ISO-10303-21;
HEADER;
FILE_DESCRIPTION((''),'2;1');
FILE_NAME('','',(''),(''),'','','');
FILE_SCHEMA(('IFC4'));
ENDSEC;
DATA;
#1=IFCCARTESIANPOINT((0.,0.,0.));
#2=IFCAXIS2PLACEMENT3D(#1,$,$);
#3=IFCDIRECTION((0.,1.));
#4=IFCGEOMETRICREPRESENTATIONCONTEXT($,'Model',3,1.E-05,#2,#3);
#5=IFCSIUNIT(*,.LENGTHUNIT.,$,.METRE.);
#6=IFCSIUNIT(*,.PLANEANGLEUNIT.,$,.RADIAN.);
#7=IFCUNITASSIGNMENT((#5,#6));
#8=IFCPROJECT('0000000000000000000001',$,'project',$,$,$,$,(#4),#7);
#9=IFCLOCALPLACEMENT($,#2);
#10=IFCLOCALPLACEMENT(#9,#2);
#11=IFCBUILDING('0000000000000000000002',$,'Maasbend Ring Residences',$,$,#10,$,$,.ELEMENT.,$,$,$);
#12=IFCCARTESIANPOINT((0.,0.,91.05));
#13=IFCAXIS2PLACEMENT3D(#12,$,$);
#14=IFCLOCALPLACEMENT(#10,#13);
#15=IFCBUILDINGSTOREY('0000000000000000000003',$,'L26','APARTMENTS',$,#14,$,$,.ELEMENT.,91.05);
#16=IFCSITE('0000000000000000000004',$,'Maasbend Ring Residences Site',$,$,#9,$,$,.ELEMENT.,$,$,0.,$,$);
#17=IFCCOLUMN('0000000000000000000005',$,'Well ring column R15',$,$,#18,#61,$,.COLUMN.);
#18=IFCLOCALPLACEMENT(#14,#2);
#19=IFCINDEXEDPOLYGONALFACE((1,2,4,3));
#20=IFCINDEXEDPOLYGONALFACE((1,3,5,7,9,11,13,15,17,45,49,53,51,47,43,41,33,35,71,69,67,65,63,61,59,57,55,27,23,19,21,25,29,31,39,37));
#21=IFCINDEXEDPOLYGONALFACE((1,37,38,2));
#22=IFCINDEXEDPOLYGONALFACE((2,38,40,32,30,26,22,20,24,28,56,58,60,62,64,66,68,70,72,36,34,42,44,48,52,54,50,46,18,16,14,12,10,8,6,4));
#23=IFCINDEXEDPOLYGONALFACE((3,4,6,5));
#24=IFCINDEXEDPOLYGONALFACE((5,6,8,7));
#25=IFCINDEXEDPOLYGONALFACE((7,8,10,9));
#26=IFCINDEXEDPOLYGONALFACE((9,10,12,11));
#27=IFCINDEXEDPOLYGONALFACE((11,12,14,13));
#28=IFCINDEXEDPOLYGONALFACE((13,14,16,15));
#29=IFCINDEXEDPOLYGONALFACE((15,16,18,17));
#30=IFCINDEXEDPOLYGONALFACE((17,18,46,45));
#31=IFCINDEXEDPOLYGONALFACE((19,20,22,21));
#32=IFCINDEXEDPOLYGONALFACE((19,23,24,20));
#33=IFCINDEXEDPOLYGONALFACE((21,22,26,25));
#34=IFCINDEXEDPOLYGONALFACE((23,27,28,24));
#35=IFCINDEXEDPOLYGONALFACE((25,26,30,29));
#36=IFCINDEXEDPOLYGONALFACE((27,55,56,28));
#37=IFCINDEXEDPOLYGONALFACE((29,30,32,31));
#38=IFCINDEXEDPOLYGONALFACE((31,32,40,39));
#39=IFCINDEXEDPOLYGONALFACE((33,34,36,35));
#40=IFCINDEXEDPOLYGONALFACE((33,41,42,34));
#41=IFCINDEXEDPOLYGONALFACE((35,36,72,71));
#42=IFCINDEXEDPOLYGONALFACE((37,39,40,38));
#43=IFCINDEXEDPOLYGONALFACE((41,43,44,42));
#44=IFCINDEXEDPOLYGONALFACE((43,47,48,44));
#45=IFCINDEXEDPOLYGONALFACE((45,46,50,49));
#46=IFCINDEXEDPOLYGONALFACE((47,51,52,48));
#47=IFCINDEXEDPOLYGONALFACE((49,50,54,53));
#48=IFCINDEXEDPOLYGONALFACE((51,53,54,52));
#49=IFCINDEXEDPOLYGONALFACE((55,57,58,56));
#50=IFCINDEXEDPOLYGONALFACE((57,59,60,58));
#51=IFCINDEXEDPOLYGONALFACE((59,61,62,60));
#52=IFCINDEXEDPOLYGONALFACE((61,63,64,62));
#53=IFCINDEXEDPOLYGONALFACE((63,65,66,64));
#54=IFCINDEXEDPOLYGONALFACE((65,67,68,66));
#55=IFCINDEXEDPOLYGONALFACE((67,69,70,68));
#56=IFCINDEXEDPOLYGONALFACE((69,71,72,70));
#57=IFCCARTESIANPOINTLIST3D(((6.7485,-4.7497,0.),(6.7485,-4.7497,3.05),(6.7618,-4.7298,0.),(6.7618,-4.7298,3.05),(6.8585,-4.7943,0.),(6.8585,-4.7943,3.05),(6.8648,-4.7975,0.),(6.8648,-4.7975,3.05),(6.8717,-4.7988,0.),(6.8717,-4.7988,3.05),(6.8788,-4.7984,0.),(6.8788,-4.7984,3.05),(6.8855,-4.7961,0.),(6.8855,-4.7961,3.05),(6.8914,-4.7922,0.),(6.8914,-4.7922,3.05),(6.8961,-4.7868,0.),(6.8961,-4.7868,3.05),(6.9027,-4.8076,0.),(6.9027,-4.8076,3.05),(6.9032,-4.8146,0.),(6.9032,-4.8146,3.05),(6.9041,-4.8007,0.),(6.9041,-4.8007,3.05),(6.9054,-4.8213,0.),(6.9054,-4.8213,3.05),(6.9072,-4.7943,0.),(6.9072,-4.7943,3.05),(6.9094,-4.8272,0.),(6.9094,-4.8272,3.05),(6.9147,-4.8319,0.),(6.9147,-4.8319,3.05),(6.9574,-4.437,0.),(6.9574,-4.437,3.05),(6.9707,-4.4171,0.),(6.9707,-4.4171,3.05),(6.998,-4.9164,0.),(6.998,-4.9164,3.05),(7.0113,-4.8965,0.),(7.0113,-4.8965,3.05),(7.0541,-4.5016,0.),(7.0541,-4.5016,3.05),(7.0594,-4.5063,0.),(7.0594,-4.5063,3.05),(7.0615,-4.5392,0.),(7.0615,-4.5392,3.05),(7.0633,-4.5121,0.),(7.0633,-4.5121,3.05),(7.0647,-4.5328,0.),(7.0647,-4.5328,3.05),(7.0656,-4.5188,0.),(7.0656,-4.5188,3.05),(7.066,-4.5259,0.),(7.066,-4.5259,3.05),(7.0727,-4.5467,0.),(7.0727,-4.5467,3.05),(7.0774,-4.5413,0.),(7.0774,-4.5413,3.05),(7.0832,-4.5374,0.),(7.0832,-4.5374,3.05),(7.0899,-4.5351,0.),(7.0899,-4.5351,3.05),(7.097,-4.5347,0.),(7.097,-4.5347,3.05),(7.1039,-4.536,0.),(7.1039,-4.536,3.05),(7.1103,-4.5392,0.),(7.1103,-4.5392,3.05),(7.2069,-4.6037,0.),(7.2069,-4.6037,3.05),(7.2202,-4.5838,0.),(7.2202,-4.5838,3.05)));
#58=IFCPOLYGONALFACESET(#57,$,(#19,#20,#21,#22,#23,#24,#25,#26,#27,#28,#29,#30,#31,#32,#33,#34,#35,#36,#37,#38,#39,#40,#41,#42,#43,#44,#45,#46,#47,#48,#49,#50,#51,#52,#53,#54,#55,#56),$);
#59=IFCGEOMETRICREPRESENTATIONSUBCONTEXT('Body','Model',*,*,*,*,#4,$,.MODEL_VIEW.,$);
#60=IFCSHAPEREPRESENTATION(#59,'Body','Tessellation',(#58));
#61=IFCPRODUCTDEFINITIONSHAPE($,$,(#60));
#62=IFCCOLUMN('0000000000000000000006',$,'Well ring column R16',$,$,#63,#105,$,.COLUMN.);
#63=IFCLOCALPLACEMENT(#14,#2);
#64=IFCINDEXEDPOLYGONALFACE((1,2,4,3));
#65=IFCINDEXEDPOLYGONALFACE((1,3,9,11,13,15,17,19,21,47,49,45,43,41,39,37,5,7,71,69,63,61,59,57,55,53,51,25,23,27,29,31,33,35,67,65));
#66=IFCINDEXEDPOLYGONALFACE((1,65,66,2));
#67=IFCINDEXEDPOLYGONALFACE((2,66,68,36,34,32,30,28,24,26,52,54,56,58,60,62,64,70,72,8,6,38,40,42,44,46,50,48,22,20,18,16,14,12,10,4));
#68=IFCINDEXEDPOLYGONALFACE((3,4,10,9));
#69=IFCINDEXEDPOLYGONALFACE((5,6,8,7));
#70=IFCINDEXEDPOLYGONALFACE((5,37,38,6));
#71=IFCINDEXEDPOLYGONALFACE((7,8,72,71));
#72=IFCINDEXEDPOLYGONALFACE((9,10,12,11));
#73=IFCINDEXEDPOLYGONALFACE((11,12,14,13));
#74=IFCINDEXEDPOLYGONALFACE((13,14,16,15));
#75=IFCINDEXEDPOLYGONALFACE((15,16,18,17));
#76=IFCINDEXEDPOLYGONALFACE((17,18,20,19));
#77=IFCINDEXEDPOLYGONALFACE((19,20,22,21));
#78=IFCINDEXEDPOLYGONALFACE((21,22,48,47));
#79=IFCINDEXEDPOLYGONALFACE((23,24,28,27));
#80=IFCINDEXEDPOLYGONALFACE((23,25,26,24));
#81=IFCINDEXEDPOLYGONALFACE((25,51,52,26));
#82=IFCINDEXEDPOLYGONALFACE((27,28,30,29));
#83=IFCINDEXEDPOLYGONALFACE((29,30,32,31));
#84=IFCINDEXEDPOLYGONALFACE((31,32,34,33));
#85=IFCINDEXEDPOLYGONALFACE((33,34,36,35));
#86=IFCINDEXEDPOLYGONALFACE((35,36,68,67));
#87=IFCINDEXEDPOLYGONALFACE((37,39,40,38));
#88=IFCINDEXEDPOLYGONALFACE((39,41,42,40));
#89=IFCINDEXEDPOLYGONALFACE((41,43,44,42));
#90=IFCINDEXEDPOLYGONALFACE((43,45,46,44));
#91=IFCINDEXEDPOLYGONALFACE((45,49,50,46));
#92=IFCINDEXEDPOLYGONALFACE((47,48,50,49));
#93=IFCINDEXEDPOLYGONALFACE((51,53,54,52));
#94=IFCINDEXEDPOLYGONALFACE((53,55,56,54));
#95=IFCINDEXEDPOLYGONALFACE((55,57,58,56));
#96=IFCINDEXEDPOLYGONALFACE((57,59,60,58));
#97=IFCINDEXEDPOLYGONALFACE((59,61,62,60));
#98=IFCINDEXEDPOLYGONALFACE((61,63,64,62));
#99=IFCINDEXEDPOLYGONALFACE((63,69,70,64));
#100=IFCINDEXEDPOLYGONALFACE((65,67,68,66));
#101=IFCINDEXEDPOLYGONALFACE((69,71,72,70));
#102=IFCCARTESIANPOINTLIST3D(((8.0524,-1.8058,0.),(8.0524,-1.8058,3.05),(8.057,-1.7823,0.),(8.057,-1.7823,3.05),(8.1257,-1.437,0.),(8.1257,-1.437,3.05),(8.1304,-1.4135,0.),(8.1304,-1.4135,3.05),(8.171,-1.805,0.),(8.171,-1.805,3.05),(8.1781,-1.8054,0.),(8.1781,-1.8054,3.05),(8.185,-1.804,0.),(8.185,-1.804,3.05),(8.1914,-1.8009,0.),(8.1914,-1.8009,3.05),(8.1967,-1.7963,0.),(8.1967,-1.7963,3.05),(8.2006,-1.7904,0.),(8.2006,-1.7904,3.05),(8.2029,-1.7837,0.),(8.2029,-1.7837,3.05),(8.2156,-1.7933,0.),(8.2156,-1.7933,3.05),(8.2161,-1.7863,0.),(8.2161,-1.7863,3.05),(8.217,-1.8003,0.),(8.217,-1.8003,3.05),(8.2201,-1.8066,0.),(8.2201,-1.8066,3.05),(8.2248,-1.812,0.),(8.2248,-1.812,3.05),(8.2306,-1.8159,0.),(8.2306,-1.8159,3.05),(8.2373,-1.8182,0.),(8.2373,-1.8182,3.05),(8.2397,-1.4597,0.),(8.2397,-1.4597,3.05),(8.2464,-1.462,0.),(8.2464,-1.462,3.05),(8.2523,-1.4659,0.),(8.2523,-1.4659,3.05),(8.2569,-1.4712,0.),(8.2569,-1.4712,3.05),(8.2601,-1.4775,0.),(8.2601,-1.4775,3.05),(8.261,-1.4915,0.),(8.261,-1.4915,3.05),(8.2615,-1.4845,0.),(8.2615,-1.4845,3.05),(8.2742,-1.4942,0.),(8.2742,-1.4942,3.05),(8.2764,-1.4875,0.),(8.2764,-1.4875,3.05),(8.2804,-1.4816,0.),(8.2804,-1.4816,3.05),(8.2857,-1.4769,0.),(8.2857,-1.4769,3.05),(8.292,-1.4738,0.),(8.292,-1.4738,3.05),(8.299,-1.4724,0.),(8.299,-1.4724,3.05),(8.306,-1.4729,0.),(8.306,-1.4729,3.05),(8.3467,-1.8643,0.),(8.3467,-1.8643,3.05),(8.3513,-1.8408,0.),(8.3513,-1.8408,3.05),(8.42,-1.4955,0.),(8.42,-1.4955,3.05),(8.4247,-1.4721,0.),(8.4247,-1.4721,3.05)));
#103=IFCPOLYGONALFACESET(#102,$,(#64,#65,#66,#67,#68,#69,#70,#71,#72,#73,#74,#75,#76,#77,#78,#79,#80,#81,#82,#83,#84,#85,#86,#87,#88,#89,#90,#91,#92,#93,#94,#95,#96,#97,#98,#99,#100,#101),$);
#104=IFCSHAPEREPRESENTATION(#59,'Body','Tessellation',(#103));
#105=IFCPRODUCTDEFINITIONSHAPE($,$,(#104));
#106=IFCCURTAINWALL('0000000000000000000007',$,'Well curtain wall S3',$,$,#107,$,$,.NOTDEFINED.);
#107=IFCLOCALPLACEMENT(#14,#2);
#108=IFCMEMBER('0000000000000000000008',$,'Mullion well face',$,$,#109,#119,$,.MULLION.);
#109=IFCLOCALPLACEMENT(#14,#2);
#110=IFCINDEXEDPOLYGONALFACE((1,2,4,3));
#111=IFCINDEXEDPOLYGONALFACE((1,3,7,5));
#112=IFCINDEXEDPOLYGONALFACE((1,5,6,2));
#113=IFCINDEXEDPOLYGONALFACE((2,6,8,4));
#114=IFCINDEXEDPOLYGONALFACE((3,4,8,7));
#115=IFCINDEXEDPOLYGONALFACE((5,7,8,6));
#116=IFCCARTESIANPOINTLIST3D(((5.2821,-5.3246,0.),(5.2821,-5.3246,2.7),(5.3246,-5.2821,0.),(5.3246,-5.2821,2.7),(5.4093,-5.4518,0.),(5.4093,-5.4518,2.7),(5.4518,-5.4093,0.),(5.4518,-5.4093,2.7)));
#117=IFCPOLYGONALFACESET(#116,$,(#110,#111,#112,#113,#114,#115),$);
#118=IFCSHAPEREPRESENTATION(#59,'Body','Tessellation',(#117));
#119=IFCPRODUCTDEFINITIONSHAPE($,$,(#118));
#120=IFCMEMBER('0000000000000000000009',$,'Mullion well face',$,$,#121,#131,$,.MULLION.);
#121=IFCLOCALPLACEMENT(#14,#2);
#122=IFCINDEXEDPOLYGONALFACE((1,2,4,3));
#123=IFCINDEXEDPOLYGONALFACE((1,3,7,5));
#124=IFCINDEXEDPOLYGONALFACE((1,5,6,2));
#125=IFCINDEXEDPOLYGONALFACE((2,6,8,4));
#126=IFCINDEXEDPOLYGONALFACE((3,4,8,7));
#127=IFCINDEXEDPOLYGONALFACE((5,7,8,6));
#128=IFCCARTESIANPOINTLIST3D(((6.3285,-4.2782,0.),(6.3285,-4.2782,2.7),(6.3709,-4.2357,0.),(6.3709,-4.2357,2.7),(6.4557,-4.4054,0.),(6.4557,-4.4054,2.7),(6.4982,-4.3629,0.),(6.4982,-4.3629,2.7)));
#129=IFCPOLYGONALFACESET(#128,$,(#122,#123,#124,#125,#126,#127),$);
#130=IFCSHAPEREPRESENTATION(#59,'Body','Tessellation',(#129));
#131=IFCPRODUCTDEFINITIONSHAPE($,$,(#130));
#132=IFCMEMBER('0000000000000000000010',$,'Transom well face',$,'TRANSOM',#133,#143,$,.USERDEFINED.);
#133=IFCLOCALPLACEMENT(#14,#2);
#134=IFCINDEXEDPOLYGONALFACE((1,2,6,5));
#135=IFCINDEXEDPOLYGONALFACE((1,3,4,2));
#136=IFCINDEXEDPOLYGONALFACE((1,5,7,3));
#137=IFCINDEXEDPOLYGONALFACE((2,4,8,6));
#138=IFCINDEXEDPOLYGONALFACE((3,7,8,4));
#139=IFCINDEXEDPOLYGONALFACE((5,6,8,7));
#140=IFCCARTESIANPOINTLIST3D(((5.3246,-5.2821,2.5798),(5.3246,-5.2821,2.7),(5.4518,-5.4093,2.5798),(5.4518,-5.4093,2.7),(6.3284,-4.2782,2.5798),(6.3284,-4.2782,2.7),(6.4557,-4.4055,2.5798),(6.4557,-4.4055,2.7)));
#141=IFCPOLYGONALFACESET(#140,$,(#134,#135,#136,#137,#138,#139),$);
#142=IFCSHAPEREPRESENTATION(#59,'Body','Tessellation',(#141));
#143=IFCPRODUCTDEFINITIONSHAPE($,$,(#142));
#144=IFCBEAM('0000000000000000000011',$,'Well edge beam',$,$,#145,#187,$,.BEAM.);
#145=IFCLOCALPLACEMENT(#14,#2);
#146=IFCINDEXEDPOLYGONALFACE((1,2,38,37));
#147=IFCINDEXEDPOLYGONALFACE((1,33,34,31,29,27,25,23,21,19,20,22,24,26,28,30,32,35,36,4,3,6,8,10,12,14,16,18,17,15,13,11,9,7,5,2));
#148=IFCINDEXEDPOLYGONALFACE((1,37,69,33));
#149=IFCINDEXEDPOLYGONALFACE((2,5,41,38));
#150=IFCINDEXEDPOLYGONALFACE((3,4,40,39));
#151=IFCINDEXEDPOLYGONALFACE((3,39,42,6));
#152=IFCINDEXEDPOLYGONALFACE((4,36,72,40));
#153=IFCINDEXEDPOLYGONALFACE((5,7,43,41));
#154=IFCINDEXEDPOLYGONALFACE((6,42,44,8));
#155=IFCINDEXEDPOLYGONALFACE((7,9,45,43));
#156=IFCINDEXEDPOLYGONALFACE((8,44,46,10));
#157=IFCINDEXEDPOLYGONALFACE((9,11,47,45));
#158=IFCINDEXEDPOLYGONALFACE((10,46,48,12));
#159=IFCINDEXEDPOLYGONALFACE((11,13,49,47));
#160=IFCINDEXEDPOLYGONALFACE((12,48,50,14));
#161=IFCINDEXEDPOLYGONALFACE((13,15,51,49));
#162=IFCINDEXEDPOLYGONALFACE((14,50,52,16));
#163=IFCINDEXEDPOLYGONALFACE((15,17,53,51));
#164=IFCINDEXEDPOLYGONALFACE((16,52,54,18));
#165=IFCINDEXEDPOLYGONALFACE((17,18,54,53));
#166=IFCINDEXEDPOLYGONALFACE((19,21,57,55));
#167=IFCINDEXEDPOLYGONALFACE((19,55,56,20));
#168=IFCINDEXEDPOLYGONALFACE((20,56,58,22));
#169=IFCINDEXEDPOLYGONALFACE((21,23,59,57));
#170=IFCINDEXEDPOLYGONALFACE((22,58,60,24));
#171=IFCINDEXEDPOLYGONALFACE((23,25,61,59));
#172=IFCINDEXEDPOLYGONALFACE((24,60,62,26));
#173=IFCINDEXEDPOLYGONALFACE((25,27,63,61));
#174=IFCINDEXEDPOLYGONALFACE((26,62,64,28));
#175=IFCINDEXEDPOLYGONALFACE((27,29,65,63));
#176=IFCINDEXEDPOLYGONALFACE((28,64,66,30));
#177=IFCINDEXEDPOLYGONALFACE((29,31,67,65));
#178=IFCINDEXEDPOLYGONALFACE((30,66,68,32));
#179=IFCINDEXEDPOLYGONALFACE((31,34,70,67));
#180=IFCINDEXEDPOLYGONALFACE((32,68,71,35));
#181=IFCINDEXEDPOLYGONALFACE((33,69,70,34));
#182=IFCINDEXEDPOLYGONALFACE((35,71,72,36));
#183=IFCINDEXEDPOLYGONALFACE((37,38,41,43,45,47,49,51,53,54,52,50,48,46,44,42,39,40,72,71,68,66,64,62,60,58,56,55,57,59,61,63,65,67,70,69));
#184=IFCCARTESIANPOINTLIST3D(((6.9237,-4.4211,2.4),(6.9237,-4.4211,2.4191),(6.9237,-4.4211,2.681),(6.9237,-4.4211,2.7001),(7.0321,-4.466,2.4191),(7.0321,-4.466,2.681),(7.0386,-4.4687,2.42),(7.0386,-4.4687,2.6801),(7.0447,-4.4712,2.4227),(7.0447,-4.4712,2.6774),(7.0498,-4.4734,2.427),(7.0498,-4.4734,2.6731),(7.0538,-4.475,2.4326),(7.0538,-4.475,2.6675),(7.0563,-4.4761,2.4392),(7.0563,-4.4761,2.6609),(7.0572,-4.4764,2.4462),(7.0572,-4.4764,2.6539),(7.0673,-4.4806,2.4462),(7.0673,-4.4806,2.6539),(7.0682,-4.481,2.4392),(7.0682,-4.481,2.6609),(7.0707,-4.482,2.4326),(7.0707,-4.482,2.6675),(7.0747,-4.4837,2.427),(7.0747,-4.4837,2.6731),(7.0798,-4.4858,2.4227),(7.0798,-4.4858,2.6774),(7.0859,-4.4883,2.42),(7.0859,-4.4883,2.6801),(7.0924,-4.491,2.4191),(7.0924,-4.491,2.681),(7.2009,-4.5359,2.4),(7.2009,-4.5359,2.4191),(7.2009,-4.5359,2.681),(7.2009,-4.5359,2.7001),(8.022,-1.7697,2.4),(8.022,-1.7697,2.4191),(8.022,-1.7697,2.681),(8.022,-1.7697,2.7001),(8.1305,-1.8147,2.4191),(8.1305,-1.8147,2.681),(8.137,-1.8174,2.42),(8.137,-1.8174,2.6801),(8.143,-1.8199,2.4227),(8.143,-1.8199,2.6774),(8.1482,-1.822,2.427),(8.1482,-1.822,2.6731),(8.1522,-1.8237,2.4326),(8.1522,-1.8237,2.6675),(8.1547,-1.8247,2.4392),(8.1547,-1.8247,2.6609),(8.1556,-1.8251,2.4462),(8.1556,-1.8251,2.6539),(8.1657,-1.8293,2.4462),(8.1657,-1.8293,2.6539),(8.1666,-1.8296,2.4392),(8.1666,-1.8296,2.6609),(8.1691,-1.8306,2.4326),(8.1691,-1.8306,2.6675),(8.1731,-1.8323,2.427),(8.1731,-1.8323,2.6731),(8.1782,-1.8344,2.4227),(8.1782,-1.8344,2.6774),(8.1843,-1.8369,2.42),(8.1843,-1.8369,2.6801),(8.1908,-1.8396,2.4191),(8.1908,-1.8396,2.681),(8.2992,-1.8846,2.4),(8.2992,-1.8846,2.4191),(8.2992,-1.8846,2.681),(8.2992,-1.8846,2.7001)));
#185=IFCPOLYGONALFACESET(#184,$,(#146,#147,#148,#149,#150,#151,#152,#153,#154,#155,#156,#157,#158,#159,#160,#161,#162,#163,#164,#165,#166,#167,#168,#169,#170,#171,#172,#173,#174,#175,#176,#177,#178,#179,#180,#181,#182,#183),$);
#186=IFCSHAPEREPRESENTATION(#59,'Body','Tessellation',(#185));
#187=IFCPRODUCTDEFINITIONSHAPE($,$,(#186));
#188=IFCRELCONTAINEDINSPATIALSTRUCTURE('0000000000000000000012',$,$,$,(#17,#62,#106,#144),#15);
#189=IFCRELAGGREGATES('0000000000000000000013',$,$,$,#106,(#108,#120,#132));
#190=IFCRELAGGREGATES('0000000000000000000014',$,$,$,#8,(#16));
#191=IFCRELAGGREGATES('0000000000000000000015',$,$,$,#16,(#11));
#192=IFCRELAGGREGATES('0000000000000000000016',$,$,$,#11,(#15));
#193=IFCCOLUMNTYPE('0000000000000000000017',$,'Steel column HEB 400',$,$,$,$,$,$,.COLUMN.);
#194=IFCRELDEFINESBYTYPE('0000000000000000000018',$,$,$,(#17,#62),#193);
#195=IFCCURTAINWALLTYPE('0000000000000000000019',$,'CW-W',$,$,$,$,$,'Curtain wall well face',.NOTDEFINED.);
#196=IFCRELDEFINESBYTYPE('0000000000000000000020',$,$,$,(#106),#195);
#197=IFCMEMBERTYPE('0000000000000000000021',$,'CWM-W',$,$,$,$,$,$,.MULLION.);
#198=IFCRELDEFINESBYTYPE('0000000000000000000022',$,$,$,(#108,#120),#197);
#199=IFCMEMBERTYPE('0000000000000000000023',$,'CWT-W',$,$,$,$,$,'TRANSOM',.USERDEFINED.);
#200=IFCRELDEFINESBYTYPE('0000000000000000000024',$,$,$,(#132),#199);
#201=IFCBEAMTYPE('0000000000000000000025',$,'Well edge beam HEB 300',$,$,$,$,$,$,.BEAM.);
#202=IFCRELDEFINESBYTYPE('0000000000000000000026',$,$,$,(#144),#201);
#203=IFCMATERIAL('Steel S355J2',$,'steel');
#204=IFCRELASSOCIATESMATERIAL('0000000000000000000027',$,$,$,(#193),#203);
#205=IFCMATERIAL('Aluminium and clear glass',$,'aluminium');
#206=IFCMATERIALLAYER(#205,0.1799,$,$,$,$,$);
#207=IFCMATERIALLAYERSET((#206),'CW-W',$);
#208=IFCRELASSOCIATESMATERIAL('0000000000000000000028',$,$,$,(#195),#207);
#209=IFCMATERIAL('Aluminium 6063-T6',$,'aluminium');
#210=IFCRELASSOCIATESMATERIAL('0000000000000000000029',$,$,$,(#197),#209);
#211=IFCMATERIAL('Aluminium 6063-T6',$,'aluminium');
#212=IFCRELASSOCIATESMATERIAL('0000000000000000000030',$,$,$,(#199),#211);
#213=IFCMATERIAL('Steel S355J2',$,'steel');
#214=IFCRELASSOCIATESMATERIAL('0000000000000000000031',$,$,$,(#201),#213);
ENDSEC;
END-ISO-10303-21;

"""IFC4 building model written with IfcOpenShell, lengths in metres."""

from ifc_helpers import new_model, si_unit, direction, frame, origin, origin_2d, place, context, subcontext, project, spatial, rectangle, i_section, extrude, material, layer, layer_set, material_profile, profile_set, type_object, element, aggregate, save


model = new_model("IFC4")

# Units and contexts
model_context = context("Model", 3, precision=1e-05, world=origin(), true_north=direction((0.0, 1.0)))
body_context = subcontext(model_context, "Body", "Model", "MODEL_VIEW")
ifc_project = project(units=[si_unit("LENGTHUNIT", "METRE"), si_unit("PLANEANGLEUNIT", "RADIAN")], contexts=[model_context])

# Site, building, storey
site_placement = place(None, origin())
site = spatial("IfcSite", under=ifc_project, at=site_placement, Name="Maasbend Ring Residences Site", CompositionType="ELEMENT", RefElevation=0.0)
building_placement = place(site_placement, origin())
building = spatial("IfcBuilding", under=site, at=building_placement, Name="Maasbend Ring Residences", CompositionType="ELEMENT")
storey_placement = place(building_placement, frame((0.0, 0.0, 91.05)))
storey = spatial("IfcBuildingStorey", under=building, at=storey_placement, Name="L26", Description="APARTMENTS", CompositionType="ELEMENT", Elevation=91.05)

# Columns
ifc_material_1 = material(Name="Steel S355J2", Category="steel")
ifc_material_profile_1 = material_profile(ifc_material_1, i_section(OverallWidth=0.3, OverallDepth=0.3999, WebThickness=0.0134, FlangeThickness=0.0239, FilletRadius=0.0271, at=origin_2d()), Name="HEB 400")
ifc_profile_set_1 = profile_set([ifc_material_profile_1], Name="Steel S355J2")
column_type = type_object("IfcColumnType", Name="Steel column HEB 400", PredefinedType="COLUMN", material=ifc_profile_set_1)
for number, where, z_axis, x_axis, name in (
    (1, (6.9844, -4.6667, 0.0), (0.0, 0.0, 1.0), (0.83147, -0.55557, 0.0), "Well ring column R15"),
    (2, (8.2385, -1.6389, 0.0), (0.0, 0.0, 1.0), (0.980785, -0.19509, 0.0), "Well ring column R16"),
):
    element("IfcColumn", number, at=place(storey_placement, frame(where, z_axis=z_axis, x_axis=x_axis)), inside=storey, type_object=column_type, Name=name, PredefinedType="COLUMN", context=body_context, shape_type="SweptSolid", body=[
        extrude(i_section(OverallWidth=0.3, OverallDepth=0.3999, WebThickness=0.0134, FlangeThickness=0.0239, FilletRadius=0.0271, at=origin_2d()), origin(), (0.0, 0.0, 1.0), 3.05),
    ])

# Curtain wall, members
ifc_material_2 = material(Name="Aluminium and clear glass", Category="aluminium")
ifc_layer_1 = layer(ifc_material_2, 0.1799)
ifc_layer_set_1 = layer_set([ifc_layer_1], Name="CW-W")
curtain_wall_type = type_object("IfcCurtainWallType", Name="CW-W", ElementType="Curtain wall well face", PredefinedType="NOTDEFINED", material=ifc_layer_set_1)
curtain_wall_placement = place(storey_placement, origin())
curtain_wall = element("IfcCurtainWall", 3, at=curtain_wall_placement, inside=storey, type_object=curtain_wall_type, Name="Well curtain wall S3", PredefinedType="NOTDEFINED")
ifc_material_3 = material(Name="Aluminium 6063-T6", Category="aluminium")
ifc_material_profile_2 = material_profile(ifc_material_3, rectangle(XDim=0.1799, YDim=0.0601, at=origin_2d()), Name="AL 180x60")
ifc_profile_set_2 = profile_set([ifc_material_profile_2], Name="Aluminium 6063-T6")
member_type_1 = type_object("IfcMemberType", Name="CWM-W", PredefinedType="MULLION", material=ifc_profile_set_2)
member_1_placement = place(storey_placement, frame((5.3669, -5.3669, 0.0), z_axis=(0.0, 0.0, 1.0), x_axis=(-0.707107, 0.707107, 0.0)))
member_1 = element("IfcMember", 4, at=member_1_placement, type_object=member_type_1, Name="Mullion well face", PredefinedType="MULLION", context=body_context, shape_type="SweptSolid", body=[
    extrude(rectangle(XDim=0.1799, YDim=0.0601, at=origin_2d()), origin(), (0.0, 0.0, 1.0), 2.7),
])
member_2_placement = place(storey_placement, frame((6.4133, -4.3206, 0.0), z_axis=(0.0, 0.0, 1.0), x_axis=(-0.707107, 0.707107, 0.0)))
member_2 = element("IfcMember", 5, at=member_2_placement, type_object=member_type_1, Name="Mullion well face", PredefinedType="MULLION", context=body_context, shape_type="SweptSolid", body=[
    extrude(rectangle(XDim=0.1799, YDim=0.0601, at=origin_2d()), origin(), (0.0, 0.0, 1.0), 2.7),
])
ifc_material_4 = material(Name="Aluminium 6063-T6", Category="aluminium")
ifc_material_profile_3 = material_profile(ifc_material_4, rectangle(XDim=0.1799, YDim=0.1201, at=origin_2d()), Name="AL 180x120")
ifc_profile_set_3 = profile_set([ifc_material_profile_3], Name="Aluminium 6063-T6")
member_type_2 = type_object("IfcMemberType", Name="CWT-W", ElementType="TRANSOM", PredefinedType="USERDEFINED", material=ifc_profile_set_3)
member_3_placement = place(storey_placement, frame((5.3882, -5.3457, 2.6399), z_axis=(0.707107, 0.707107, 0.0), x_axis=(-0.707107, 0.707107, 0.0)))
member_3 = element("IfcMember", 6, at=member_3_placement, type_object=member_type_2, Name="Transom well face", ObjectType="TRANSOM", PredefinedType="USERDEFINED", context=body_context, shape_type="SweptSolid", body=[
    extrude(rectangle(XDim=0.1799, YDim=0.1201, at=origin_2d()), origin(), (0.0, 0.0, 1.0), 1.4197),
])

# Beam
ifc_material_5 = material(Name="Steel S355J2", Category="steel")
ifc_material_profile_4 = material_profile(ifc_material_5, i_section(OverallWidth=0.3, OverallDepth=0.3, WebThickness=0.011, FlangeThickness=0.019, FilletRadius=0.0271, at=origin_2d()), Name="HEB 300")
ifc_profile_set_4 = profile_set([ifc_material_profile_4], Name="Steel S355J2")
beam_type = type_object("IfcBeamType", Name="Well edge beam HEB 300", PredefinedType="BEAM", material=ifc_profile_set_4)
beam_1_placement = place(storey_placement, frame((7.0623, -4.4785, 2.55), z_axis=(0.38273, 0.92386, 0.0), x_axis=(-0.92386, 0.38273, 0.0)))
element("IfcBeam", 7, at=beam_1_placement, inside=storey, type_object=beam_type, Name="Well edge beam", PredefinedType="BEAM", context=body_context, shape_type="SweptSolid", body=[
    extrude(i_section(OverallWidth=0.3, OverallDepth=0.3, WebThickness=0.011, FlangeThickness=0.019, FilletRadius=0.0271, at=origin_2d()), origin(), (0.0, 0.0, 1.0), 2.8699),
])

aggregate(curtain_wall, [member_1, member_2, member_3])

save(model, "model.ifc")
